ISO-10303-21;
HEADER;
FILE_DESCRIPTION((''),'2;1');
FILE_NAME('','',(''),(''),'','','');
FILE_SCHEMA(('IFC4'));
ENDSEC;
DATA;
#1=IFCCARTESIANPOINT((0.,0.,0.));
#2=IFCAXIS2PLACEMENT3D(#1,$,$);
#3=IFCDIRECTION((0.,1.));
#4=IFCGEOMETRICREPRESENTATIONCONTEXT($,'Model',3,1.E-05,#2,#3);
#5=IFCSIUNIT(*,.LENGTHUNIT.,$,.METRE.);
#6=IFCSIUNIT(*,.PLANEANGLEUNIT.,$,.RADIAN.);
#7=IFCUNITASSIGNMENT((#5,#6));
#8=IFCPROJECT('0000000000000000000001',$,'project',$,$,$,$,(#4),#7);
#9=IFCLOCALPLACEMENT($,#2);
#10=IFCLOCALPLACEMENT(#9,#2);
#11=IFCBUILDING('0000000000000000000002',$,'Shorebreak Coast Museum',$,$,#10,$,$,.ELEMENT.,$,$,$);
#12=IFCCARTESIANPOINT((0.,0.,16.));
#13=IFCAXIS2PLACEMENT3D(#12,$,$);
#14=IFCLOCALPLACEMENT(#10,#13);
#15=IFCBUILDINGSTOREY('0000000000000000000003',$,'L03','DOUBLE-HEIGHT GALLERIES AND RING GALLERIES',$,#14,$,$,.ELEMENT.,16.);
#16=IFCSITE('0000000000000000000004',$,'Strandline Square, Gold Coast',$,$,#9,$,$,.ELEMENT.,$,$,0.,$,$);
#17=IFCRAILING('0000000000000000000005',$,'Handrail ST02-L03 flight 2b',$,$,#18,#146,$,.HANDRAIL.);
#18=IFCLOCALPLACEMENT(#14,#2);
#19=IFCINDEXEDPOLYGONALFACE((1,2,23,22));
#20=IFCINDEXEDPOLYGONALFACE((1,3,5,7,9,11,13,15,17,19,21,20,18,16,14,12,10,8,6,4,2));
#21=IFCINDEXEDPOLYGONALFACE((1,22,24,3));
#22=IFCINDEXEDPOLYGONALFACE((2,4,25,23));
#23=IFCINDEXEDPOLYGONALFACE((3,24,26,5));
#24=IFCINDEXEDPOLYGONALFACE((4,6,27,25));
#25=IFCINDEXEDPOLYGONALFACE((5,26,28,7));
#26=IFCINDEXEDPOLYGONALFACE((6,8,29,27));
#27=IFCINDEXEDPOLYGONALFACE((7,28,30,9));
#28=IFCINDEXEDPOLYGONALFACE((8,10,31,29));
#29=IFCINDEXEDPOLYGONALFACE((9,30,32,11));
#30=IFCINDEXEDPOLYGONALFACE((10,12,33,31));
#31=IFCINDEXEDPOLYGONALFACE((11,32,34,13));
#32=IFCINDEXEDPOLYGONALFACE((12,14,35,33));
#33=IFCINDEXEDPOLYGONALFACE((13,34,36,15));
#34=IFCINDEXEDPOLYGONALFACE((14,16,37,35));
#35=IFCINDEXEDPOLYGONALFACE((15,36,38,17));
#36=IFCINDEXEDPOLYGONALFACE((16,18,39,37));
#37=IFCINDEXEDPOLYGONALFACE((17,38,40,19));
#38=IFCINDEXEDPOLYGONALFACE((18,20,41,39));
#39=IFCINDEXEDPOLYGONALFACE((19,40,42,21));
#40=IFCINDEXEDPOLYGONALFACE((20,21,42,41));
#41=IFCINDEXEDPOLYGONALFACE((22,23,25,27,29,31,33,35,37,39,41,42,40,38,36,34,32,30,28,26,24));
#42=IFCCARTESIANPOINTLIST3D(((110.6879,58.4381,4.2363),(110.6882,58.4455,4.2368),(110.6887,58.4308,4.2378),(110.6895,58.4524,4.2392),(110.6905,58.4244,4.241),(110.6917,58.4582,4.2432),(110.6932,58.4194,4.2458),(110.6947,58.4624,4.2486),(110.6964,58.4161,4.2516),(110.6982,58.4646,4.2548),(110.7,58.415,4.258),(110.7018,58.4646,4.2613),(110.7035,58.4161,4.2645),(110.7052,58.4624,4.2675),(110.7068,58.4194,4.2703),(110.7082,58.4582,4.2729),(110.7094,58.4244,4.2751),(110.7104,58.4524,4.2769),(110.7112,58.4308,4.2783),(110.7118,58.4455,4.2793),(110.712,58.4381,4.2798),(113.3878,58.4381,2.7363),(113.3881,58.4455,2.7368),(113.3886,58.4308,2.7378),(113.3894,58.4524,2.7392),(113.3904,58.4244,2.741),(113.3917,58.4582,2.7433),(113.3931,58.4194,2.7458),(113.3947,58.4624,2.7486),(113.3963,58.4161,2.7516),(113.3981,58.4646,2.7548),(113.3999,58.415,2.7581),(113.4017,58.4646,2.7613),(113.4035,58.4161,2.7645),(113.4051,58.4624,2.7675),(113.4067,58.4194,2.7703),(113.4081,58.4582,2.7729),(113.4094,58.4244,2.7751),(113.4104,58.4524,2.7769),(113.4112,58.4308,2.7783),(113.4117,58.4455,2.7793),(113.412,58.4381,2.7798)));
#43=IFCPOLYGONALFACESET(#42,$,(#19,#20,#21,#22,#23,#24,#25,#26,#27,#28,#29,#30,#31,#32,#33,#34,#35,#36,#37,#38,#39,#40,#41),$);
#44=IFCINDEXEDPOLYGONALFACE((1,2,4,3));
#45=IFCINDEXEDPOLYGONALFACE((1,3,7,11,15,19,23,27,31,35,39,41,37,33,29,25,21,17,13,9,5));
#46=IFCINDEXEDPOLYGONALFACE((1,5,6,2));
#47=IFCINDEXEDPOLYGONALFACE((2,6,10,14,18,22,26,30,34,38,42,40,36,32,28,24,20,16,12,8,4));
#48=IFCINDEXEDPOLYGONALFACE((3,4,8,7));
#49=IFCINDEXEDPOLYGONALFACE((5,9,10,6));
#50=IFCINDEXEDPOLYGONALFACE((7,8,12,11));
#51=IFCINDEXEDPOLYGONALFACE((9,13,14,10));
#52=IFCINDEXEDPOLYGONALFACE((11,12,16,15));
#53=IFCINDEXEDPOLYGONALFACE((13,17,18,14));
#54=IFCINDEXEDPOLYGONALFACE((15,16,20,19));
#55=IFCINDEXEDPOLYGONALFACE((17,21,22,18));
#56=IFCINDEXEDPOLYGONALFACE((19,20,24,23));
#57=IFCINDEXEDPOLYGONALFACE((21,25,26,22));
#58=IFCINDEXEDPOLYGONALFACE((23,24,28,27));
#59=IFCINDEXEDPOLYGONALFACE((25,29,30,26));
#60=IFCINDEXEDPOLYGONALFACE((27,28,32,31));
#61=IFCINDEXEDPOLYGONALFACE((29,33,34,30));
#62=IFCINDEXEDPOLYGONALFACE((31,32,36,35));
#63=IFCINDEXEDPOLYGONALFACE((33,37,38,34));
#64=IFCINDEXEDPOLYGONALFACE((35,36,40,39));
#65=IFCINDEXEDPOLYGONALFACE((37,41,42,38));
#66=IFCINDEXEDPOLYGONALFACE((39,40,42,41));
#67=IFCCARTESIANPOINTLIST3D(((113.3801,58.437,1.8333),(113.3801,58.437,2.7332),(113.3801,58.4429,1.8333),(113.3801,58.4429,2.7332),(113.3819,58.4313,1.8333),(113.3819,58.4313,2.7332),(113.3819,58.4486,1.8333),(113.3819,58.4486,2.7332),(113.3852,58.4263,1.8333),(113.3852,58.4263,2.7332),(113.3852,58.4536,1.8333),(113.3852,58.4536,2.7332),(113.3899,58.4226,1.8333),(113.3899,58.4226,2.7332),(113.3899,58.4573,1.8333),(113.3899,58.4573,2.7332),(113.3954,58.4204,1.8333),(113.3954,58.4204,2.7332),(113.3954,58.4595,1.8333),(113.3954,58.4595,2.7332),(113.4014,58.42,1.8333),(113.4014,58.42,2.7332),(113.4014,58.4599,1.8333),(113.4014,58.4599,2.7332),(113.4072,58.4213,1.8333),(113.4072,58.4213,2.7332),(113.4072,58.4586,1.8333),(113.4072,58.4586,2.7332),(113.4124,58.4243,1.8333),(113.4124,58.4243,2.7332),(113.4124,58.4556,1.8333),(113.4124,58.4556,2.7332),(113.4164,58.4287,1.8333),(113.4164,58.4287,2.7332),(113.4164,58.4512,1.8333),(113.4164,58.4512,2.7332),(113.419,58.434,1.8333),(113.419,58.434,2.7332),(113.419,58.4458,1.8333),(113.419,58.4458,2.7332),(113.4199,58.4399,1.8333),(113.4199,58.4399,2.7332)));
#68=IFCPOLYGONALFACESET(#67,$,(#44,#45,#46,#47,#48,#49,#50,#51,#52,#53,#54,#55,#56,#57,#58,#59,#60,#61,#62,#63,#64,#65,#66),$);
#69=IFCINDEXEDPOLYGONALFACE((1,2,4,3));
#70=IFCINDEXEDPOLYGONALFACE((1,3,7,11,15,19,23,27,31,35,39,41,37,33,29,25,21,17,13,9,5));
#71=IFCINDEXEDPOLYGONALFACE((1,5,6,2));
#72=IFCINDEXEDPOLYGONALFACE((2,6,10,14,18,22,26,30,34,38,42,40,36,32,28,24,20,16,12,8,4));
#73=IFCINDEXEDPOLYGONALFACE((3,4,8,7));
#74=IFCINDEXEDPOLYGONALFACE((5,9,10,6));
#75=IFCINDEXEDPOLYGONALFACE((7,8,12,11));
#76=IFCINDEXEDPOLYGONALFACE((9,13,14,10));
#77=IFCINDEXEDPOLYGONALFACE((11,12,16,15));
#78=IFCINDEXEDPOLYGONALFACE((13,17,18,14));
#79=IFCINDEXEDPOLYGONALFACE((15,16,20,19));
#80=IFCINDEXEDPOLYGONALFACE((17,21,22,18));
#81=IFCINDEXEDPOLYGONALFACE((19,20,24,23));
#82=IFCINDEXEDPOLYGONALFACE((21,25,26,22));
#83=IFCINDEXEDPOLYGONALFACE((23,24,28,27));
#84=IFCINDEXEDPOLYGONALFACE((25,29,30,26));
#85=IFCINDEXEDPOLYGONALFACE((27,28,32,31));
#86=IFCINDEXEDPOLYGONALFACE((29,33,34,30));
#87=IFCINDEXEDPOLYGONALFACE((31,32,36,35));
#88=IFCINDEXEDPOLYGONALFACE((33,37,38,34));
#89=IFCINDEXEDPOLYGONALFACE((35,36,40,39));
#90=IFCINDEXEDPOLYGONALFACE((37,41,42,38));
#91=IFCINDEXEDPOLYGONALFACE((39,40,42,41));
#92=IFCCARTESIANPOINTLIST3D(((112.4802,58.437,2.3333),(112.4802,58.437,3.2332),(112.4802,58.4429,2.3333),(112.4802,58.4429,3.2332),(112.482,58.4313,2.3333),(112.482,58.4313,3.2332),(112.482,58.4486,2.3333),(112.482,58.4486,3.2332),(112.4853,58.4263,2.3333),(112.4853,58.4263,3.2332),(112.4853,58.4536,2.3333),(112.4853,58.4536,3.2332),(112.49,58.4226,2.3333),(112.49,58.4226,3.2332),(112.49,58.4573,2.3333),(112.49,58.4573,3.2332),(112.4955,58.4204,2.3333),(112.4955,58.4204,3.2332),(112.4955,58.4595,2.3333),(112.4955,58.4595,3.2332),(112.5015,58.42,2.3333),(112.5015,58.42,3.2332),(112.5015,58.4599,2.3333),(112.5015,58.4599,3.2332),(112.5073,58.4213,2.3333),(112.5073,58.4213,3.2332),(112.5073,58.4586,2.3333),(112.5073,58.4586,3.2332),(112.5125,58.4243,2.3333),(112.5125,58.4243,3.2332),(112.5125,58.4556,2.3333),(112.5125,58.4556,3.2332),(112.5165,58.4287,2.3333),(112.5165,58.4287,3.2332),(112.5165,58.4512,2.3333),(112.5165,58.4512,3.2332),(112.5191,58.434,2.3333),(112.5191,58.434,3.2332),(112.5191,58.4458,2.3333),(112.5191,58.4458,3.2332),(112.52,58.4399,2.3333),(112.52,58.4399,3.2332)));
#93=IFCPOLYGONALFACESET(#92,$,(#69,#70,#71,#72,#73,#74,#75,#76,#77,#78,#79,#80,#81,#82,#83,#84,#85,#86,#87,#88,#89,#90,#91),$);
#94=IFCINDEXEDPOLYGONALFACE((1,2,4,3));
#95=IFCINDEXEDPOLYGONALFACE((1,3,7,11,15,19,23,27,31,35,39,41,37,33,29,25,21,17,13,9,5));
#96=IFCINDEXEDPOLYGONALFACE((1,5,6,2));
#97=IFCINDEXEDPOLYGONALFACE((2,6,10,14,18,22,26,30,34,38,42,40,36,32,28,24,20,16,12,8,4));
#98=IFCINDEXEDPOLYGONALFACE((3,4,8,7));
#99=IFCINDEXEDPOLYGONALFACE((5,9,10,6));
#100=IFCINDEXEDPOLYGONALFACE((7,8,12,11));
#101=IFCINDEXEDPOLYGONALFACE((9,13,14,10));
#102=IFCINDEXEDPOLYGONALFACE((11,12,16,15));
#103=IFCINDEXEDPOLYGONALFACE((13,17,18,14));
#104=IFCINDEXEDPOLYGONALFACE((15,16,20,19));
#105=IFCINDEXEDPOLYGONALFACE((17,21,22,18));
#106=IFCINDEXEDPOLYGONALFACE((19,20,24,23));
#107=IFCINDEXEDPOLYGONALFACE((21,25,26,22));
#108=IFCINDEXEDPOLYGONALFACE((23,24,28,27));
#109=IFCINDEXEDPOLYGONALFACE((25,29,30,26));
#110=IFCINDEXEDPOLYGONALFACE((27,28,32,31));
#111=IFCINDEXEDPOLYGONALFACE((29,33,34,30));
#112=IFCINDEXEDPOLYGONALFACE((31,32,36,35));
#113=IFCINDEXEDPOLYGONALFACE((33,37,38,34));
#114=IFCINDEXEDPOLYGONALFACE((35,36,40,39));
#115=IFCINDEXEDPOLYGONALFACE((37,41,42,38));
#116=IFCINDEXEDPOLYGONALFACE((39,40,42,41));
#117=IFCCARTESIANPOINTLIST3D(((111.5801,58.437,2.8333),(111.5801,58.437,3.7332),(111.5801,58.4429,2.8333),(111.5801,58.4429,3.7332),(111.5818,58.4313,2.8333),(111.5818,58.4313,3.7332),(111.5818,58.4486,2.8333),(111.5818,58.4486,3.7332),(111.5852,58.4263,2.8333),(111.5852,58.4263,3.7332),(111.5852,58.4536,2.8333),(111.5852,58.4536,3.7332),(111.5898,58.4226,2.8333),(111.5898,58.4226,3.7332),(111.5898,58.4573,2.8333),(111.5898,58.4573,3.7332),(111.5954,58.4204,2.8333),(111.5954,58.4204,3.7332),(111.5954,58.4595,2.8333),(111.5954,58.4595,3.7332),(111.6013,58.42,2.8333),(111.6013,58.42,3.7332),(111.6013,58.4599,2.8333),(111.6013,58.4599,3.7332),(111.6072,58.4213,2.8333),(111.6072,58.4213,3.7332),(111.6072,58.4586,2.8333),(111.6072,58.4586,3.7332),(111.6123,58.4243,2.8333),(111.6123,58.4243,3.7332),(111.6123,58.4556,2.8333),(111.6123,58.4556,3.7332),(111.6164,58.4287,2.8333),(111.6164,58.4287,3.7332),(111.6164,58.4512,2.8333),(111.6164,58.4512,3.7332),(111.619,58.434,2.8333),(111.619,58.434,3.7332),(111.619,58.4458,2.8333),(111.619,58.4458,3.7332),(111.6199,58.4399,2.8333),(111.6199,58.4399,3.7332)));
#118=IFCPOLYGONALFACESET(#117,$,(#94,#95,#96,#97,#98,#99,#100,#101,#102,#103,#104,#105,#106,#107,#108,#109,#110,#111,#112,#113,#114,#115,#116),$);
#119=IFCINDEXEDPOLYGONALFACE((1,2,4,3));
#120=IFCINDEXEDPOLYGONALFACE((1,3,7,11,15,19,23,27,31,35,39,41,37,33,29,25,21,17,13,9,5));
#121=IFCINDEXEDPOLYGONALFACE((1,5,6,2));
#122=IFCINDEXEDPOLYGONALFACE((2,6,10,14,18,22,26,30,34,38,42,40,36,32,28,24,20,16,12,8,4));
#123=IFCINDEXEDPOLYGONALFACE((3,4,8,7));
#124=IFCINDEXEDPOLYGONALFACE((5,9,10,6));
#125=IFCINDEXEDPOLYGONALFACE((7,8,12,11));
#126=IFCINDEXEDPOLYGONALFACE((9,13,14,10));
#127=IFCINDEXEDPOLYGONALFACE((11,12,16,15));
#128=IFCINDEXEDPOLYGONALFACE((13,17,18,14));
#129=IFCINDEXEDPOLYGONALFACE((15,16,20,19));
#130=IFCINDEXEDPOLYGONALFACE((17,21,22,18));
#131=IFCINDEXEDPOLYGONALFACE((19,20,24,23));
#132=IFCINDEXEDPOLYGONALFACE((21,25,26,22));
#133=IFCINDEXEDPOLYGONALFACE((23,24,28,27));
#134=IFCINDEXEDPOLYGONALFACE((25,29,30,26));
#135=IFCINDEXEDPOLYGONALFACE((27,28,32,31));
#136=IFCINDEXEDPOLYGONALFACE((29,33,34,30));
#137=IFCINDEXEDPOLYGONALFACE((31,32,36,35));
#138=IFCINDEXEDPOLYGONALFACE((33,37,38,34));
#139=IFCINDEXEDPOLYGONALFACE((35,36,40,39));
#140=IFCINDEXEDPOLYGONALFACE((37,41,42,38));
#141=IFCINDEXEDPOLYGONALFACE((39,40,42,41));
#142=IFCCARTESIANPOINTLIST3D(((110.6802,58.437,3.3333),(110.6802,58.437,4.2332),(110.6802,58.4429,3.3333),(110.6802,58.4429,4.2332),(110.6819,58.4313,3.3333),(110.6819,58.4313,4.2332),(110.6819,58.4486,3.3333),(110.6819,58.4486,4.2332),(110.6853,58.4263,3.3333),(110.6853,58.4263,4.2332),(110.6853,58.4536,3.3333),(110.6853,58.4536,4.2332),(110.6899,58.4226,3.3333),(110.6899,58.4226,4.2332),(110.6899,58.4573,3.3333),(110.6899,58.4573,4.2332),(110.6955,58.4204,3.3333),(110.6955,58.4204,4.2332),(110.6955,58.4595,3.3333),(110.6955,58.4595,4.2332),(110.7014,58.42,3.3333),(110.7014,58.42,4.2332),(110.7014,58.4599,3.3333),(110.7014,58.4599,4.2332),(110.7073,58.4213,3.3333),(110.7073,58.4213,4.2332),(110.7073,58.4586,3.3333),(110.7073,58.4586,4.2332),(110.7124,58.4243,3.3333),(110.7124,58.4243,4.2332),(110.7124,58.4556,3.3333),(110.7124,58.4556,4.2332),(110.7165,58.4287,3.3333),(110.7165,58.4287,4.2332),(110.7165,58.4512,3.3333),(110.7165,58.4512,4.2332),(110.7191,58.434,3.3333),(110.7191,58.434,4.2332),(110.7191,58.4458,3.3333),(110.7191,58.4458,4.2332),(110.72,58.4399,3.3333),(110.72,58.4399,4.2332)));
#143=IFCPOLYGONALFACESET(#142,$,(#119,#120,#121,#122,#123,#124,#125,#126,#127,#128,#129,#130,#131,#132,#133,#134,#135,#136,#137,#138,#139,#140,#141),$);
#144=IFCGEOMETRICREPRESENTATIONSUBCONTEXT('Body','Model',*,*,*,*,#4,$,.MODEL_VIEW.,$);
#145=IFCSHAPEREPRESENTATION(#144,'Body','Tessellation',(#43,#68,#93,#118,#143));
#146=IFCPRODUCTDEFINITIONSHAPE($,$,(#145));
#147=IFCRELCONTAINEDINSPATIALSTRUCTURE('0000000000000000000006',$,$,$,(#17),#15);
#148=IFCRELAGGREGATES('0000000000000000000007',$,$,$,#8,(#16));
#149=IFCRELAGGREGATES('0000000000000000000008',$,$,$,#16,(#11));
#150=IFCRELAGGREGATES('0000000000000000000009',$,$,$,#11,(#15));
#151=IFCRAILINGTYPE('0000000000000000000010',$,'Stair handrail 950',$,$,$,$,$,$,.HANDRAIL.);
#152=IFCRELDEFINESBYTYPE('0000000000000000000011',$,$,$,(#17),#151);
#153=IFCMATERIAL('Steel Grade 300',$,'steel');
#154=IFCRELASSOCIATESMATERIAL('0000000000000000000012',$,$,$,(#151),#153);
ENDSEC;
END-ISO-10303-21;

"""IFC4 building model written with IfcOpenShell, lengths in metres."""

from ifc_helpers import new_model, si_unit, direction, frame, origin, origin_2d, place, context, subcontext, project, spatial, circle, extrude, material, type_object, element, save


model = new_model("IFC4")

# Units and contexts
model_context = context("Model", 3, precision=1e-05, world=origin(), true_north=direction((0.0, 1.0)))
body_context = subcontext(model_context, "Body", "Model", "MODEL_VIEW")
ifc_project = project(units=[si_unit("LENGTHUNIT", "METRE"), si_unit("PLANEANGLEUNIT", "RADIAN")], contexts=[model_context])

# Site, building, storey
site_placement = place(None, origin())
site = spatial("IfcSite", under=ifc_project, at=site_placement, Name="Strandline Square, Gold Coast", CompositionType="ELEMENT", RefElevation=0.0)
building_placement = place(site_placement, origin())
building = spatial("IfcBuilding", under=site, at=building_placement, Name="Shorebreak Coast Museum", CompositionType="ELEMENT")
storey_placement = place(building_placement, frame((0.0, 0.0, 16.0)))
storey = spatial("IfcBuildingStorey", under=building, at=storey_placement, Name="L03", Description="DOUBLE-HEIGHT GALLERIES AND RING GALLERIES", CompositionType="ELEMENT", Elevation=16.0)

# Railing
ifc_material_1 = material(Name="Steel Grade 300", Category="steel")
railing_type_1 = type_object("IfcRailingType", Name="Stair handrail 950", PredefinedType="HANDRAIL", material=ifc_material_1)
for number, where, name in (
    (1, (113.3999, 58.4399, 1.8333), "Handrail ST02-L03 flight 2b"),
):
    element("IfcRailing", number, at=place(storey_placement, frame(where)), inside=storey, type_object=railing_type_1, Name=name, PredefinedType="HANDRAIL", context=body_context, shape_type="SweptSolid", body=[
        extrude(circle(Radius=0.0249, at=origin_2d()), frame((0.0, 0.0, 0.9248), z_axis=(-0.874154, 0.0, 0.48565), x_axis=(0.0, -1.0, 0.0)), (0.0, 0.0, 1.0), 3.0886),
        extrude(circle(Radius=0.02, at=origin_2d()), origin(), (0.0, 0.0, 1.0), 0.8999),
        extrude(circle(Radius=0.02, at=origin_2d()), frame((-0.8999, 0.0, 0.5)), (0.0, 0.0, 1.0), 0.8999),
        extrude(circle(Radius=0.02, at=origin_2d()), frame((-1.8, 0.0, 1.0)), (0.0, 0.0, 1.0), 0.8999),
        extrude(circle(Radius=0.02, at=origin_2d()), frame((-2.7, 0.0, 1.5)), (0.0, 0.0, 1.0), 0.8999),
    ])

save(model, "model.ifc")
